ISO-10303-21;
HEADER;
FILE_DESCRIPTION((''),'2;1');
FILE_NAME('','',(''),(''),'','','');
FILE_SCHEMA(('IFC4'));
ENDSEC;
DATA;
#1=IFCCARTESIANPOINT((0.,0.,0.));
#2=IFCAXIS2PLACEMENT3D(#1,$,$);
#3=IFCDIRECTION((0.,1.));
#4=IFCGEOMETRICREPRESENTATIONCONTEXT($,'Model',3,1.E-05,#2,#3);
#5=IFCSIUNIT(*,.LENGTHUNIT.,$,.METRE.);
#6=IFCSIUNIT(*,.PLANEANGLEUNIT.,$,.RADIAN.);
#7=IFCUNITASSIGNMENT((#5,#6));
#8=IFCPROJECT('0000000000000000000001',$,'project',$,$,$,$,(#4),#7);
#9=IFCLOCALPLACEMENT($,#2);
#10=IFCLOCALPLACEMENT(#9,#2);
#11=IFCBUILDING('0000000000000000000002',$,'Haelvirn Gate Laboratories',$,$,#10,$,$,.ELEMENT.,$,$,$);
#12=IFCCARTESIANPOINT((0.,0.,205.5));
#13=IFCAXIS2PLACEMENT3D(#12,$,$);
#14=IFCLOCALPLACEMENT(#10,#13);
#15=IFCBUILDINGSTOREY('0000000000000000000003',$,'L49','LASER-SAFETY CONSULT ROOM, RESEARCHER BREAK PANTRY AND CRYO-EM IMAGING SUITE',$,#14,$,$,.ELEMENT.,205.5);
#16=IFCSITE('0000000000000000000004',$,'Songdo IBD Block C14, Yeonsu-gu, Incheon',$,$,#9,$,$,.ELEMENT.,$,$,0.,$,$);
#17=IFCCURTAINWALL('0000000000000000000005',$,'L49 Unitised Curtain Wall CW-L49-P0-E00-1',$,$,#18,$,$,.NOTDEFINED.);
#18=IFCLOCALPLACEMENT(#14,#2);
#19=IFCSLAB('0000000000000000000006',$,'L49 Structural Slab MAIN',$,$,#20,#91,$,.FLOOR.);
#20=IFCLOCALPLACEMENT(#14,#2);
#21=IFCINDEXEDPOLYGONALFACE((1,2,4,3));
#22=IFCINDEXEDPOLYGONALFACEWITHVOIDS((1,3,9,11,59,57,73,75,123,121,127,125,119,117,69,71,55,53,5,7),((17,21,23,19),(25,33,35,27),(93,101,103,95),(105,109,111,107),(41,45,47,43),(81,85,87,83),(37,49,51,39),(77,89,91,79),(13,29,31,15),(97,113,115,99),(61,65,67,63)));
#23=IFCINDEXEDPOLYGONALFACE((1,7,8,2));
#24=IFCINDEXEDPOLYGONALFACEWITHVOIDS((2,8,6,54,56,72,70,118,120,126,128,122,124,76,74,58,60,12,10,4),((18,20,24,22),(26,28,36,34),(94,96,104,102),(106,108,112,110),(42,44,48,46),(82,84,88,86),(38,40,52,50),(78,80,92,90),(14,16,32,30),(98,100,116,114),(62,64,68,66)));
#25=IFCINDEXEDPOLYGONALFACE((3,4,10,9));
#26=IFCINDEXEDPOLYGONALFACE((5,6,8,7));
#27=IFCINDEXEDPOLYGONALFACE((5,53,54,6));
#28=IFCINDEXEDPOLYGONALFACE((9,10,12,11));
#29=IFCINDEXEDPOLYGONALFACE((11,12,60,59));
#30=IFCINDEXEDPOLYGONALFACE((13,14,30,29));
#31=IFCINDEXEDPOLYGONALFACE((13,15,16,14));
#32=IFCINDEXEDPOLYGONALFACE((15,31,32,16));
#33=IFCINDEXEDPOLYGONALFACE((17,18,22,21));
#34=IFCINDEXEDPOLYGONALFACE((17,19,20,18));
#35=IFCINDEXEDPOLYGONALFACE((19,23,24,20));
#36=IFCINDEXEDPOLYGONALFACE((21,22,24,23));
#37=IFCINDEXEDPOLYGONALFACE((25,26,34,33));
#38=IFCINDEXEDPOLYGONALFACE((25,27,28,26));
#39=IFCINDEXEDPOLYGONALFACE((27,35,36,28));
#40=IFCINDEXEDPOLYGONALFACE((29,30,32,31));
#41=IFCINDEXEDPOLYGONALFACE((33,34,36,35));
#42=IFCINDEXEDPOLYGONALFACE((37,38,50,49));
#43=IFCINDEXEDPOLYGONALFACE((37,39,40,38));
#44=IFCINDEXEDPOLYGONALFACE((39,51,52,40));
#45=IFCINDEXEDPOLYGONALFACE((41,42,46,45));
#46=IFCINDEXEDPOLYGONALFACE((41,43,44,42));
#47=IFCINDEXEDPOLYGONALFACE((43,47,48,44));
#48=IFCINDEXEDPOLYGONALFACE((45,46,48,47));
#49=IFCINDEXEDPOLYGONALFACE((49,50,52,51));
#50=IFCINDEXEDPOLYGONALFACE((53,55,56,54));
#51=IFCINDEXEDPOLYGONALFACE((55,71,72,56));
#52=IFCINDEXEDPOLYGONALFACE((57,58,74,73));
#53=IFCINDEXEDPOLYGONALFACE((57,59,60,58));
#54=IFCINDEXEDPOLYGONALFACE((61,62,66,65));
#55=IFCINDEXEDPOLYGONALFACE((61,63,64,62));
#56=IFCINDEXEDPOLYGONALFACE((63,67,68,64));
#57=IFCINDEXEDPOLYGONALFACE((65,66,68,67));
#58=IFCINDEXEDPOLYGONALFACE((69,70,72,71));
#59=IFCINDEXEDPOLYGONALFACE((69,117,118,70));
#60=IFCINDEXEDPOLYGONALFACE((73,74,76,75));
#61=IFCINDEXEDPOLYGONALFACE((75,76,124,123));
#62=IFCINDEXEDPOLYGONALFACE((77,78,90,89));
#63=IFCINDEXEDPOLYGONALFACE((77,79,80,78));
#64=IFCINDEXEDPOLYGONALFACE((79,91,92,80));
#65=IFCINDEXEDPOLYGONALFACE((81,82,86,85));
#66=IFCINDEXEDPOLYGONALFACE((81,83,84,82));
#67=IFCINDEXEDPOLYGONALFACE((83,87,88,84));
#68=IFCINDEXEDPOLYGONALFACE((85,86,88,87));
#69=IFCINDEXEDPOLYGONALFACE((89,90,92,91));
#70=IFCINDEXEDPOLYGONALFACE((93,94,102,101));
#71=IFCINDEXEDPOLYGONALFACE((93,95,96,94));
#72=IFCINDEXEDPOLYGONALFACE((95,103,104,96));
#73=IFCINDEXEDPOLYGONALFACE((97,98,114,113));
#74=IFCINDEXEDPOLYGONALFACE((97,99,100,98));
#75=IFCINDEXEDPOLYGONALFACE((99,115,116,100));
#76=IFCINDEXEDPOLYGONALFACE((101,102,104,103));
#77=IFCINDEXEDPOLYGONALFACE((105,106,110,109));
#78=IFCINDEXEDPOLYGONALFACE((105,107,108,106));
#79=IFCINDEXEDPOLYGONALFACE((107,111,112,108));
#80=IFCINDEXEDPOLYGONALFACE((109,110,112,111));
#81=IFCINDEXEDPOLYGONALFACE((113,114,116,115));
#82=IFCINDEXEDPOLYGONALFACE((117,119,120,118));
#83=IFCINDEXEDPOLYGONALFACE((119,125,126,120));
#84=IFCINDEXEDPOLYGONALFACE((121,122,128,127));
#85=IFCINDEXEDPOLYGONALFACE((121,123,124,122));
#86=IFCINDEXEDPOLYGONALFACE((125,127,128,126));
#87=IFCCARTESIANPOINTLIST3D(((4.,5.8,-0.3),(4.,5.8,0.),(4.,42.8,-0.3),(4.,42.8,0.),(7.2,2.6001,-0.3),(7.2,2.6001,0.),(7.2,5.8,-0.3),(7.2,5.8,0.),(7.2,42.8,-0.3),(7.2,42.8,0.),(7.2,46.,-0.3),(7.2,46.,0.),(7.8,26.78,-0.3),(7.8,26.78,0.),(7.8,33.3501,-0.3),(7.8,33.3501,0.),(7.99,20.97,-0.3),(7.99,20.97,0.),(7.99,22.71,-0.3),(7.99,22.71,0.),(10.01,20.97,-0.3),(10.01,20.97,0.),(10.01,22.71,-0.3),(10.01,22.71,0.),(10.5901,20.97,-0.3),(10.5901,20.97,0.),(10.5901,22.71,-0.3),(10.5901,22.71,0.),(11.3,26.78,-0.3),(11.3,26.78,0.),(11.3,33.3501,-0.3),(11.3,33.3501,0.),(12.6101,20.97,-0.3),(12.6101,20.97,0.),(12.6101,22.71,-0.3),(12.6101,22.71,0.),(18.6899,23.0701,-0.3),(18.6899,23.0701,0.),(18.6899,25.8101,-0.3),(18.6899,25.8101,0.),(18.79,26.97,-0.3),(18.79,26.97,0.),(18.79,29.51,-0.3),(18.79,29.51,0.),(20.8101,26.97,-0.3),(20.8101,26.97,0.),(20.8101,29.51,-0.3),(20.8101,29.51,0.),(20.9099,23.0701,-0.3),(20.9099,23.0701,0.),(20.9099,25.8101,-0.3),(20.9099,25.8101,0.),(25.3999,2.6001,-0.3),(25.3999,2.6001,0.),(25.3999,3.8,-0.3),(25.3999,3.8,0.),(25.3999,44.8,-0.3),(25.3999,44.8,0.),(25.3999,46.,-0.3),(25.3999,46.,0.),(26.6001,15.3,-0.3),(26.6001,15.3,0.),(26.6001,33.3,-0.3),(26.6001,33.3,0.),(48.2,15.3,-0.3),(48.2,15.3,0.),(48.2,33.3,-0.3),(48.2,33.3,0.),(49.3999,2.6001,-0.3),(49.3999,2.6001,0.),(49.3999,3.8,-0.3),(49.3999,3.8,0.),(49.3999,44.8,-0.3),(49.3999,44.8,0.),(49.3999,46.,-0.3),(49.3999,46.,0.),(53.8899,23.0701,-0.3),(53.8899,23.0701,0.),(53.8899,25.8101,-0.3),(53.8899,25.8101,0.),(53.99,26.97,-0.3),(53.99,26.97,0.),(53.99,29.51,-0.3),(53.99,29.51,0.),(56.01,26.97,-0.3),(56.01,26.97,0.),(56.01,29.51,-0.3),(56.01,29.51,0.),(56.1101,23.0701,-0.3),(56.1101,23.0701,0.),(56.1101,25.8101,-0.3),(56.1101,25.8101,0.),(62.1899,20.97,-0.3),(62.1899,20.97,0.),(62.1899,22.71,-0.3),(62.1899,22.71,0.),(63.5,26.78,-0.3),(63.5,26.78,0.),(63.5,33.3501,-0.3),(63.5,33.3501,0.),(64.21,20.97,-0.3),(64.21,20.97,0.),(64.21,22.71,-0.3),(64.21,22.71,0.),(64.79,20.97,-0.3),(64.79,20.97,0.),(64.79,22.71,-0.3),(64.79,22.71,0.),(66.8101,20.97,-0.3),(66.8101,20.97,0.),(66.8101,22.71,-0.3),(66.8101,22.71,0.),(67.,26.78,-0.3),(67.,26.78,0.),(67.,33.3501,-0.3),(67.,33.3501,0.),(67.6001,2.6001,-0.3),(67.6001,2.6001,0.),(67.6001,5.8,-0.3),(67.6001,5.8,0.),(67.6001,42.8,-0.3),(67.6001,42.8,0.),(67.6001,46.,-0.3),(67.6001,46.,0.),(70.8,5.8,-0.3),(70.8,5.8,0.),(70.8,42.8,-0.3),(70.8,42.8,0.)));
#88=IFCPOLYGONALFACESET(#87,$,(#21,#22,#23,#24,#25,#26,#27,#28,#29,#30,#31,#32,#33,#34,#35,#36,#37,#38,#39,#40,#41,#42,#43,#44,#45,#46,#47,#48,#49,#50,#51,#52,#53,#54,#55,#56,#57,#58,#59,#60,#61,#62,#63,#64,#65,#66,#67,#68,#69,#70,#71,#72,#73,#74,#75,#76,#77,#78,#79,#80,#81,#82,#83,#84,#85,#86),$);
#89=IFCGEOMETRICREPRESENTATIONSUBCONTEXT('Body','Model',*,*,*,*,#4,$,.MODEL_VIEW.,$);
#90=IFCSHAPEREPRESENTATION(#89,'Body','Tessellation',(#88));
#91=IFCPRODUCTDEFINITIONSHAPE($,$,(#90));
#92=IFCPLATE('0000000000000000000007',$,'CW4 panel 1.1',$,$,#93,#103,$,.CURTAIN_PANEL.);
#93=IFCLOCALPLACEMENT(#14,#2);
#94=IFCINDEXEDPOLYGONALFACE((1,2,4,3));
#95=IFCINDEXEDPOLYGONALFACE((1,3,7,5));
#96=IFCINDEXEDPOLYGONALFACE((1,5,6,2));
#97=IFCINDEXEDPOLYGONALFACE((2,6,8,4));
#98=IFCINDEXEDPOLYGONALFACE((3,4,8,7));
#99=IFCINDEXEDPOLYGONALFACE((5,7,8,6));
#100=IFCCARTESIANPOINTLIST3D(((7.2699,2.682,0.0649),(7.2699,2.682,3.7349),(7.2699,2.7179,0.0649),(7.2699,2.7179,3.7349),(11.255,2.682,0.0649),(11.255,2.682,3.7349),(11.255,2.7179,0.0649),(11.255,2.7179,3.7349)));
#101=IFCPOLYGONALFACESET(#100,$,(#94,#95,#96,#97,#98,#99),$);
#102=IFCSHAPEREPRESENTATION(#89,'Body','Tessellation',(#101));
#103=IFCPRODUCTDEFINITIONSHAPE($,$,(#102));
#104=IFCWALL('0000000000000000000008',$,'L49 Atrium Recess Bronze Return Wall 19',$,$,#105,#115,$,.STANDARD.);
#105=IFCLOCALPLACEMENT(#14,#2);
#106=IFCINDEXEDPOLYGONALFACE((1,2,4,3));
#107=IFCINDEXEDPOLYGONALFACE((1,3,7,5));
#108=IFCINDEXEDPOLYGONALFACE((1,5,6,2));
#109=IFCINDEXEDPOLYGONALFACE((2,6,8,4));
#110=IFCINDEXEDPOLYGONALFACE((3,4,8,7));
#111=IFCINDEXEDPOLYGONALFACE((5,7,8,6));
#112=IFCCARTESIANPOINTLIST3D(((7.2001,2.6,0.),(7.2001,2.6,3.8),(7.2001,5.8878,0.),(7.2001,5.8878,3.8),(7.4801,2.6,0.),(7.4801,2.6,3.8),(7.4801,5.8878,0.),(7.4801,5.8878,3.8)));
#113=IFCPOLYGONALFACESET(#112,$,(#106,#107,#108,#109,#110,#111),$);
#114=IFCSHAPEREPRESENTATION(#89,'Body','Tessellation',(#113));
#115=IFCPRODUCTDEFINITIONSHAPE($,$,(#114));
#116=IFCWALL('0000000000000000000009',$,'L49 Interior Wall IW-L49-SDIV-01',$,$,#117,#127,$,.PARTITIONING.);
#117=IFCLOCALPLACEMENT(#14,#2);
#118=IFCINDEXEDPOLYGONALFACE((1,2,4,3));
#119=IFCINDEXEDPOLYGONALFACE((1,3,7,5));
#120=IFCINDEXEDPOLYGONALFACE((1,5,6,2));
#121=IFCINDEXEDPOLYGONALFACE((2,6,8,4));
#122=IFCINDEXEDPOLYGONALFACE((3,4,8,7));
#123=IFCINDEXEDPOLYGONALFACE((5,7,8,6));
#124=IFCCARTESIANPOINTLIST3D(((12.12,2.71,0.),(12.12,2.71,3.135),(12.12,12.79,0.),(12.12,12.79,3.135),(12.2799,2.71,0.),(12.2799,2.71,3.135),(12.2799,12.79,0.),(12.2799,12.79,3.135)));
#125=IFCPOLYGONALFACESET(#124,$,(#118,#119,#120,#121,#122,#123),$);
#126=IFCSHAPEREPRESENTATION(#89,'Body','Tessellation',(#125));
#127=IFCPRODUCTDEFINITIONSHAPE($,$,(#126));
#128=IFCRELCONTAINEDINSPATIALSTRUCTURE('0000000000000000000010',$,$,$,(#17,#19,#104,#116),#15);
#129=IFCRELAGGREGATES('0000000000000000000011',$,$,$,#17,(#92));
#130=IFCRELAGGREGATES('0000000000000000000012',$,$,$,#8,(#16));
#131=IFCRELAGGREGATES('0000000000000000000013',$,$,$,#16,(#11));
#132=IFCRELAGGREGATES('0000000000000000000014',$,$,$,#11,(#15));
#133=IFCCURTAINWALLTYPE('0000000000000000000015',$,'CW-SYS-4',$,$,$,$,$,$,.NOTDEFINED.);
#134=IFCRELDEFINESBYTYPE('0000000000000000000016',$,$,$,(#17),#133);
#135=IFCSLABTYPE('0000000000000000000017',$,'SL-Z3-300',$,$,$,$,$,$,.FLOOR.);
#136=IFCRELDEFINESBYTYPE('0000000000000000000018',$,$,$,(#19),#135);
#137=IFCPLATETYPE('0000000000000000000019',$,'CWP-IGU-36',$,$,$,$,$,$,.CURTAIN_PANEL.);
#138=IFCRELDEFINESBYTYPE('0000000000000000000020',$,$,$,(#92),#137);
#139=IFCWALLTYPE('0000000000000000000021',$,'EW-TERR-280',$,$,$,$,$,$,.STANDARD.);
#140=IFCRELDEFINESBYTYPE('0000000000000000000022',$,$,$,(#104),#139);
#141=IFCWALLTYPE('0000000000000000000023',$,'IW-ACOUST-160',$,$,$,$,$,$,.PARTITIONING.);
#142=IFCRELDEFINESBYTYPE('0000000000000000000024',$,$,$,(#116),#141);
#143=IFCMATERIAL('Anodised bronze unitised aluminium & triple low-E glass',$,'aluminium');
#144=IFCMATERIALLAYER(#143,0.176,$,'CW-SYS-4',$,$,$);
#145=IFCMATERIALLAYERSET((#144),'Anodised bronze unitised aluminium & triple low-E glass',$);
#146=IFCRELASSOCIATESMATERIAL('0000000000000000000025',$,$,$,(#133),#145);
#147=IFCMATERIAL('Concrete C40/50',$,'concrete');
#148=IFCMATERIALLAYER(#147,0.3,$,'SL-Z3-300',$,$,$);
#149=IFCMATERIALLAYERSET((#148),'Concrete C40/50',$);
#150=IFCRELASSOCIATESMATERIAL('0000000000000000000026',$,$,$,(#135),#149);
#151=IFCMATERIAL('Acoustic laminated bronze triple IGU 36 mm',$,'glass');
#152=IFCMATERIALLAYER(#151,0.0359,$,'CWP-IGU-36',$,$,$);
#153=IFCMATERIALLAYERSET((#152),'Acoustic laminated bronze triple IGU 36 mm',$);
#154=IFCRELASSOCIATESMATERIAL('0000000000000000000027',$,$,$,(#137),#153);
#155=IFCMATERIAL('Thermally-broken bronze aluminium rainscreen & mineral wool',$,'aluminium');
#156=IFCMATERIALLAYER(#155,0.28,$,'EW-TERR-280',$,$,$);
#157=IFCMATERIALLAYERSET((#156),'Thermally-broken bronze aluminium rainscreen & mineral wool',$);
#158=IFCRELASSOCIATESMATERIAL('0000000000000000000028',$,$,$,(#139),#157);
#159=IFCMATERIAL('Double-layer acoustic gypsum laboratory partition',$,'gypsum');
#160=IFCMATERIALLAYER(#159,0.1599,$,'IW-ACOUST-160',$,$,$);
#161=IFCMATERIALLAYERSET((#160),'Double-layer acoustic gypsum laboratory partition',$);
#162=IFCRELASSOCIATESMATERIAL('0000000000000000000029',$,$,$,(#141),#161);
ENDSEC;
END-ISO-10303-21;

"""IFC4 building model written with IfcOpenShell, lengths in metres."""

from ifc_helpers import new_model, si_unit, direction, frame, frame_2d, origin, origin_2d, place, context, subcontext, project, spatial, polyline, rectangle, outline, extrude, source, transform, mapped, material, layer, layer_set, type_object, type_shapes, element, aggregate, save


model = new_model("IFC4")

# Units and contexts
model_context = context("Model", 3, precision=1e-05, world=origin(), true_north=direction((0.0, 1.0)))
body_context = subcontext(model_context, "Body", "Model", "MODEL_VIEW")
ifc_project = project(units=[si_unit("LENGTHUNIT", "METRE"), si_unit("PLANEANGLEUNIT", "RADIAN")], contexts=[model_context])

# Site, building, storey
site_placement = place(None, origin())
site = spatial("IfcSite", under=ifc_project, at=site_placement, Name="Songdo IBD Block C14, Yeonsu-gu, Incheon", CompositionType="ELEMENT", RefElevation=0.0)
building_placement = place(site_placement, origin())
building = spatial("IfcBuilding", under=site, at=building_placement, Name="Haelvirn Gate Laboratories", CompositionType="ELEMENT")
storey_placement = place(building_placement, frame((0.0, 0.0, 205.5)))
storey = spatial("IfcBuildingStorey", under=building, at=storey_placement, Name="L49", Description="LASER-SAFETY CONSULT ROOM, RESEARCHER BREAK PANTRY AND CRYO-EM IMAGING SUITE", CompositionType="ELEMENT", Elevation=205.5)

# Curtain wall
ifc_material_1 = material(Name="Anodised bronze unitised aluminium & triple low-E glass", Category="aluminium")
ifc_layer_1 = layer(ifc_material_1, 0.176, Name="CW-SYS-4")
ifc_layer_set_1 = layer_set([ifc_layer_1], Name="Anodised bronze unitised aluminium & triple low-E glass")
curtain_wall_type_1 = type_object("IfcCurtainWallType", Name="CW-SYS-4", PredefinedType="NOTDEFINED", material=ifc_layer_set_1)
curtain_wall_1_placement = place(storey_placement, origin())
curtain_wall_1 = element("IfcCurtainWall", 1, at=curtain_wall_1_placement, inside=storey, type_object=curtain_wall_type_1, Name="L49 Unitised Curtain Wall CW-L49-P0-E00-1", PredefinedType="NOTDEFINED")

# Shared definitions
ifc_material_2 = material(Name="Concrete C40/50", Category="concrete")

# Slab
ifc_layer_2 = layer(ifc_material_2, 0.3, Name="SL-Z3-300")
ifc_layer_set_2 = layer_set([ifc_layer_2], Name="Concrete C40/50")
slab_type_1 = type_object("IfcSlabType", Name="SL-Z3-300", PredefinedType="FLOOR", material=ifc_layer_set_2)
slab_1_placement = place(storey_placement, frame((0.0, 0.0, -0.3)))
element("IfcSlab", 2, at=slab_1_placement, inside=storey, type_object=slab_type_1, Name="L49 Structural Slab MAIN", PredefinedType="FLOOR", context=body_context, shape_type="SweptSolid", body=[
    extrude(outline(polyline([(7.2, 2.6001), (25.3999, 2.6001), (25.3999, 3.8), (49.3999, 3.8), (49.3999, 2.6001), (67.6001, 2.6001), (67.6001, 5.8), (70.8, 5.8), (70.8, 42.8), (67.6001, 42.8), (67.6001, 46.0), (49.3999, 46.0), (49.3999, 44.8), (25.3999, 44.8), (25.3999, 46.0), (7.2, 46.0), (7.2, 42.8), (4.0, 42.8), (4.0, 5.8), (7.2, 5.8), (7.2, 2.6001)]), holes=[polyline([(26.6001, 15.3), (48.2, 15.3), (48.2, 33.3), (26.6001, 33.3), (26.6001, 15.3)]), polyline([(11.3, 26.78), (11.3, 33.3501), (7.8, 33.3501), (7.8, 26.78), (11.3, 26.78)]), polyline([(67.0, 26.78), (67.0, 33.3501), (63.5, 33.3501), (63.5, 26.78), (67.0, 26.78)]), polyline([(7.99, 20.97), (10.01, 20.97), (10.01, 22.71), (7.99, 22.71), (7.99, 20.97)]), polyline([(10.5901, 20.97), (12.6101, 20.97), (12.6101, 22.71), (10.5901, 22.71), (10.5901, 20.97)]), polyline([(18.79, 26.97), (20.8101, 26.97), (20.8101, 29.51), (18.79, 29.51), (18.79, 26.97)]), polyline([(18.6899, 23.0701), (20.9099, 23.0701), (20.9099, 25.8101), (18.6899, 25.8101), (18.6899, 23.0701)]), polyline([(64.79, 20.97), (66.8101, 20.97), (66.8101, 22.71), (64.79, 22.71), (64.79, 20.97)]), polyline([(62.1899, 20.97), (64.21, 20.97), (64.21, 22.71), (62.1899, 22.71), (62.1899, 20.97)]), polyline([(53.99, 26.97), (56.01, 26.97), (56.01, 29.51), (53.99, 29.51), (53.99, 26.97)]), polyline([(53.8899, 23.0701), (56.1101, 23.0701), (56.1101, 25.8101), (53.8899, 25.8101), (53.8899, 23.0701)])]), origin(), (0.0, 0.0, 1.0), 0.3),
])

# Plate
ifc_material_3 = material(Name="Acoustic laminated bronze triple IGU 36 mm", Category="glass")
ifc_layer_3 = layer(ifc_material_3, 0.0359, Name="CWP-IGU-36")
ifc_layer_set_3 = layer_set([ifc_layer_3], Name="Acoustic laminated bronze triple IGU 36 mm")
plate_type = type_object("IfcPlateType", Name="CWP-IGU-36", PredefinedType="CURTAIN_PANEL", material=ifc_layer_set_3)
shared_shape_1 = source(origin(), body_context, "Body", "SweptSolid", [
    extrude(rectangle(XDim=3.9851, YDim=0.0359, at=origin_2d()), origin(), (0.0, 0.0, 1.0), 3.6699),
])
type_shapes(plate_type, [shared_shape_1])
plate_placement = place(storey_placement, frame((9.2625, 2.7, 0.0649), z_axis=(0.0, 0.0, 1.0), x_axis=(1.0, 0.0, 0.0)))
plate = element("IfcPlate", 3, at=plate_placement, type_object=plate_type, Name="CW4 panel 1.1", PredefinedType="CURTAIN_PANEL", context=body_context, shape_type="MappedRepresentation", body=[
    mapped(shared_shape_1, transform((0.0, 0.0, 0.0), scale=1.0)),
])
aggregate(curtain_wall_1, [plate])

# Walls
ifc_material_4 = material(Name="Thermally-broken bronze aluminium rainscreen & mineral wool", Category="aluminium")
ifc_layer_4 = layer(ifc_material_4, 0.28, Name="EW-TERR-280")
ifc_layer_set_4 = layer_set([ifc_layer_4], Name="Thermally-broken bronze aluminium rainscreen & mineral wool")
wall_type_1 = type_object("IfcWallType", Name="EW-TERR-280", PredefinedType="STANDARD", material=ifc_layer_set_4)
wall_1_placement = place(storey_placement, frame((7.3401, 5.8879, 0.0), z_axis=(0.0, 0.0, 1.0), x_axis=(0.0, -1.0, 0.0)))
element("IfcWall", 4, at=wall_1_placement, inside=storey, type_object=wall_type_1, Name="L49 Atrium Recess Bronze Return Wall 19", PredefinedType="STANDARD", context=body_context, shape_type="SweptSolid", body=[
    extrude(rectangle(XDim=3.2878, YDim=0.28, at=frame_2d((1.644, 0.0))), origin(), (0.0, 0.0, 1.0), 3.8),
])
ifc_material_5 = material(Name="Double-layer acoustic gypsum laboratory partition", Category="gypsum")
ifc_layer_5 = layer(ifc_material_5, 0.1599, Name="IW-ACOUST-160")
ifc_layer_set_5 = layer_set([ifc_layer_5], Name="Double-layer acoustic gypsum laboratory partition")
wall_type_2 = type_object("IfcWallType", Name="IW-ACOUST-160", PredefinedType="PARTITIONING", material=ifc_layer_set_5)
wall_2_placement = place(storey_placement, frame((12.2, 2.71, 0.0), z_axis=(0.0, 0.0, 1.0), x_axis=(0.0, 1.0, 0.0)))
element("IfcWall", 5, at=wall_2_placement, inside=storey, type_object=wall_type_2, Name="L49 Interior Wall IW-L49-SDIV-01", PredefinedType="PARTITIONING", context=body_context, shape_type="SweptSolid", body=[
    extrude(rectangle(XDim=10.0801, YDim=0.1599, at=frame_2d((5.04, 0.0))), origin(), (0.0, 0.0, 1.0), 3.135),
])

save(model, "model.ifc")
